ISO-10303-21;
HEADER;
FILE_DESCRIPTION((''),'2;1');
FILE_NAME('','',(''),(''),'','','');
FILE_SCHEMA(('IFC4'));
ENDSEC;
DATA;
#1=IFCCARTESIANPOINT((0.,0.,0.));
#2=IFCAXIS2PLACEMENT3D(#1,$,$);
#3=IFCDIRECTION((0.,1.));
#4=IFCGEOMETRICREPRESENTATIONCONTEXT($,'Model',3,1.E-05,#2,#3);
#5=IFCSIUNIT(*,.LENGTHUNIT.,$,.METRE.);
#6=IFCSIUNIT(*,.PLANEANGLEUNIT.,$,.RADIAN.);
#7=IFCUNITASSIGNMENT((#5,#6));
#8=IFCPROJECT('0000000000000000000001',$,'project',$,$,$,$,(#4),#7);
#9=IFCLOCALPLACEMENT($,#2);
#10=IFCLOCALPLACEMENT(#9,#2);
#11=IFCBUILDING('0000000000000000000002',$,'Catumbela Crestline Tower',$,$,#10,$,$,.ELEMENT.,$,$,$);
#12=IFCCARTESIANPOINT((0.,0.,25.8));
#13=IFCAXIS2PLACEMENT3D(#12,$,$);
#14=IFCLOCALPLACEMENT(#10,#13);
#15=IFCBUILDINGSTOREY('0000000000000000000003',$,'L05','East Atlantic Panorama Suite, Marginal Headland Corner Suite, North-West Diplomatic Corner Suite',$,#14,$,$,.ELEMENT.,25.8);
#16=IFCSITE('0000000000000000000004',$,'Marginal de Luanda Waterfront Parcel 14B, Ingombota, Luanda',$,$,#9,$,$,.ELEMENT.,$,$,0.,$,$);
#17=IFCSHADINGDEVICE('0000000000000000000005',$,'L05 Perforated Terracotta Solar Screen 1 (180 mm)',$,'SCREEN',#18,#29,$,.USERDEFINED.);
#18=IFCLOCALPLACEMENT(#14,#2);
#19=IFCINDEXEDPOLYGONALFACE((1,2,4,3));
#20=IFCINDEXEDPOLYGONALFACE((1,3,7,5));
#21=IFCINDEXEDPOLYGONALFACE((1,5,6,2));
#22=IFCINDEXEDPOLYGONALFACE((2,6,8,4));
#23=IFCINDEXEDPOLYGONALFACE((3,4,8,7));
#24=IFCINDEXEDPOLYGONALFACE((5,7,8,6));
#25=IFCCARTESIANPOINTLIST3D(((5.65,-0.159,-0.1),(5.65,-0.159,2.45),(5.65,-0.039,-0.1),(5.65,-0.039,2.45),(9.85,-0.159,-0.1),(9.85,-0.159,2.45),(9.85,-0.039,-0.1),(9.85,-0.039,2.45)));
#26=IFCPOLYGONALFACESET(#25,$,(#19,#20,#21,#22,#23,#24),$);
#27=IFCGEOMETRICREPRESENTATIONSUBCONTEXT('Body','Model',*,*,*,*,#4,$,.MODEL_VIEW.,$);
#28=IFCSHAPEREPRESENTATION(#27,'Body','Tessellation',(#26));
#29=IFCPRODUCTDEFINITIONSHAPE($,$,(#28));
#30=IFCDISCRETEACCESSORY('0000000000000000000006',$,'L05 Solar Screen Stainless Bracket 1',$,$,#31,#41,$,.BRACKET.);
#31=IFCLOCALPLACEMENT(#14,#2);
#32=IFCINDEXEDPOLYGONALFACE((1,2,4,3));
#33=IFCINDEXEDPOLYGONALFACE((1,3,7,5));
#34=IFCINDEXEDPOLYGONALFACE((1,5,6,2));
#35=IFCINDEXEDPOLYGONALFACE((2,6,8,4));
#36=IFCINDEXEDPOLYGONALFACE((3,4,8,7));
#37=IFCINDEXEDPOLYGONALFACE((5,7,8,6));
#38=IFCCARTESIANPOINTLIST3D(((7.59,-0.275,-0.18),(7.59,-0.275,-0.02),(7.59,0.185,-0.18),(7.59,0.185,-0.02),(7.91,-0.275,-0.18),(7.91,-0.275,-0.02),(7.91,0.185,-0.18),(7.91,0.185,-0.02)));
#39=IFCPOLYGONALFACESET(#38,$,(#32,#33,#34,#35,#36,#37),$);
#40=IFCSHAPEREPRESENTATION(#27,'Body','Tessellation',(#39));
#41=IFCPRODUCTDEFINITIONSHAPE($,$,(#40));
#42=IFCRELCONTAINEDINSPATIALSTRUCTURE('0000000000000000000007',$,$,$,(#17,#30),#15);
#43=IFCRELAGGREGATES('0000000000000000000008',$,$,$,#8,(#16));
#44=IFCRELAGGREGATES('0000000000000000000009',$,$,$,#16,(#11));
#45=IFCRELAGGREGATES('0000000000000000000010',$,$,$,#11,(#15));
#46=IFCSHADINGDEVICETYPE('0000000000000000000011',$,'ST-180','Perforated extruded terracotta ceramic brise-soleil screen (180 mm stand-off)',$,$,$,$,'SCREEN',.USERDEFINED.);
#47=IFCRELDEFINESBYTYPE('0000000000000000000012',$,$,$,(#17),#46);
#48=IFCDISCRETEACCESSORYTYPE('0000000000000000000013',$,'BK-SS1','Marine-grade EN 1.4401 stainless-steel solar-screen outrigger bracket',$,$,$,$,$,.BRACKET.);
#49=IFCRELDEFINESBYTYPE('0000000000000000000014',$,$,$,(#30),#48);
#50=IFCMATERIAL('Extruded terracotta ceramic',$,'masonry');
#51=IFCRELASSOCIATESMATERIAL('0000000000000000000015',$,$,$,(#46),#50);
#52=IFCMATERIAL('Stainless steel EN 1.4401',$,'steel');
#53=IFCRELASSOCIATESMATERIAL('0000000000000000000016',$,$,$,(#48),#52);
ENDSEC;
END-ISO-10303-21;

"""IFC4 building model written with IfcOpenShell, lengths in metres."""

from ifc_helpers import new_model, si_unit, direction, frame, origin, origin_2d, place, context, subcontext, project, spatial, rectangle, extrude, material, type_object, element, save


model = new_model("IFC4")

# Units and contexts
model_context = context("Model", 3, precision=1e-05, world=origin(), true_north=direction((0.0, 1.0)))
body_context = subcontext(model_context, "Body", "Model", "MODEL_VIEW")
ifc_project = project(units=[si_unit("LENGTHUNIT", "METRE"), si_unit("PLANEANGLEUNIT", "RADIAN")], contexts=[model_context])

# Site, building, storey
site_placement = place(None, origin())
site = spatial("IfcSite", under=ifc_project, at=site_placement, Name="Marginal de Luanda Waterfront Parcel 14B, Ingombota, Luanda", CompositionType="ELEMENT", RefElevation=0.0)
building_placement = place(site_placement, origin())
building = spatial("IfcBuilding", under=site, at=building_placement, Name="Catumbela Crestline Tower", CompositionType="ELEMENT")
storey_placement = place(building_placement, frame((0.0, 0.0, 25.8)))
storey = spatial("IfcBuildingStorey", under=building, at=storey_placement, Name="L05", Description="East Atlantic Panorama Suite, Marginal Headland Corner Suite, North-West Diplomatic Corner Suite", CompositionType="ELEMENT", Elevation=25.8)

# Shared definitions
ifc_material_1 = material(Name="Extruded terracotta ceramic", Category="masonry")

# Shading device
shading_device_type = type_object("IfcShadingDeviceType", Name="ST-180", Description="Perforated extruded terracotta ceramic brise-soleil screen (180 mm stand-off)", ElementType="SCREEN", PredefinedType="USERDEFINED", material=ifc_material_1)
shading_device_placement = place(storey_placement, frame((7.75, -0.099, -0.1), z_axis=(0.0, 0.0, 1.0), x_axis=(1.0, 0.0, 0.0)))
element("IfcShadingDevice", 1, at=shading_device_placement, inside=storey, type_object=shading_device_type, Name="L05 Perforated Terracotta Solar Screen 1 (180 mm)", ObjectType="SCREEN", PredefinedType="USERDEFINED", context=body_context, shape_type="SweptSolid", body=[
    extrude(rectangle(XDim=4.2, YDim=0.12, at=origin_2d()), origin(), (0.0, 0.0, 1.0), 2.55),
])

# Discrete accessory
ifc_material_2 = material(Name="Stainless steel EN 1.4401", Category="steel")
discrete_accessory_type = type_object("IfcDiscreteAccessoryType", Name="BK-SS1", Description="Marine-grade EN 1.4401 stainless-steel solar-screen outrigger bracket", PredefinedType="BRACKET", material=ifc_material_2)
discrete_accessory_placement = place(storey_placement, frame((7.75, -0.045, -0.18), z_axis=(0.0, 0.0, 1.0), x_axis=(1.0, 0.0, 0.0)))
element("IfcDiscreteAccessory", 2, at=discrete_accessory_placement, inside=storey, type_object=discrete_accessory_type, Name="L05 Solar Screen Stainless Bracket 1", PredefinedType="BRACKET", context=body_context, shape_type="SweptSolid", body=[
    extrude(rectangle(XDim=0.32, YDim=0.46, at=origin_2d()), origin(), (0.0, 0.0, 1.0), 0.16),
])

save(model, "model.ifc")
